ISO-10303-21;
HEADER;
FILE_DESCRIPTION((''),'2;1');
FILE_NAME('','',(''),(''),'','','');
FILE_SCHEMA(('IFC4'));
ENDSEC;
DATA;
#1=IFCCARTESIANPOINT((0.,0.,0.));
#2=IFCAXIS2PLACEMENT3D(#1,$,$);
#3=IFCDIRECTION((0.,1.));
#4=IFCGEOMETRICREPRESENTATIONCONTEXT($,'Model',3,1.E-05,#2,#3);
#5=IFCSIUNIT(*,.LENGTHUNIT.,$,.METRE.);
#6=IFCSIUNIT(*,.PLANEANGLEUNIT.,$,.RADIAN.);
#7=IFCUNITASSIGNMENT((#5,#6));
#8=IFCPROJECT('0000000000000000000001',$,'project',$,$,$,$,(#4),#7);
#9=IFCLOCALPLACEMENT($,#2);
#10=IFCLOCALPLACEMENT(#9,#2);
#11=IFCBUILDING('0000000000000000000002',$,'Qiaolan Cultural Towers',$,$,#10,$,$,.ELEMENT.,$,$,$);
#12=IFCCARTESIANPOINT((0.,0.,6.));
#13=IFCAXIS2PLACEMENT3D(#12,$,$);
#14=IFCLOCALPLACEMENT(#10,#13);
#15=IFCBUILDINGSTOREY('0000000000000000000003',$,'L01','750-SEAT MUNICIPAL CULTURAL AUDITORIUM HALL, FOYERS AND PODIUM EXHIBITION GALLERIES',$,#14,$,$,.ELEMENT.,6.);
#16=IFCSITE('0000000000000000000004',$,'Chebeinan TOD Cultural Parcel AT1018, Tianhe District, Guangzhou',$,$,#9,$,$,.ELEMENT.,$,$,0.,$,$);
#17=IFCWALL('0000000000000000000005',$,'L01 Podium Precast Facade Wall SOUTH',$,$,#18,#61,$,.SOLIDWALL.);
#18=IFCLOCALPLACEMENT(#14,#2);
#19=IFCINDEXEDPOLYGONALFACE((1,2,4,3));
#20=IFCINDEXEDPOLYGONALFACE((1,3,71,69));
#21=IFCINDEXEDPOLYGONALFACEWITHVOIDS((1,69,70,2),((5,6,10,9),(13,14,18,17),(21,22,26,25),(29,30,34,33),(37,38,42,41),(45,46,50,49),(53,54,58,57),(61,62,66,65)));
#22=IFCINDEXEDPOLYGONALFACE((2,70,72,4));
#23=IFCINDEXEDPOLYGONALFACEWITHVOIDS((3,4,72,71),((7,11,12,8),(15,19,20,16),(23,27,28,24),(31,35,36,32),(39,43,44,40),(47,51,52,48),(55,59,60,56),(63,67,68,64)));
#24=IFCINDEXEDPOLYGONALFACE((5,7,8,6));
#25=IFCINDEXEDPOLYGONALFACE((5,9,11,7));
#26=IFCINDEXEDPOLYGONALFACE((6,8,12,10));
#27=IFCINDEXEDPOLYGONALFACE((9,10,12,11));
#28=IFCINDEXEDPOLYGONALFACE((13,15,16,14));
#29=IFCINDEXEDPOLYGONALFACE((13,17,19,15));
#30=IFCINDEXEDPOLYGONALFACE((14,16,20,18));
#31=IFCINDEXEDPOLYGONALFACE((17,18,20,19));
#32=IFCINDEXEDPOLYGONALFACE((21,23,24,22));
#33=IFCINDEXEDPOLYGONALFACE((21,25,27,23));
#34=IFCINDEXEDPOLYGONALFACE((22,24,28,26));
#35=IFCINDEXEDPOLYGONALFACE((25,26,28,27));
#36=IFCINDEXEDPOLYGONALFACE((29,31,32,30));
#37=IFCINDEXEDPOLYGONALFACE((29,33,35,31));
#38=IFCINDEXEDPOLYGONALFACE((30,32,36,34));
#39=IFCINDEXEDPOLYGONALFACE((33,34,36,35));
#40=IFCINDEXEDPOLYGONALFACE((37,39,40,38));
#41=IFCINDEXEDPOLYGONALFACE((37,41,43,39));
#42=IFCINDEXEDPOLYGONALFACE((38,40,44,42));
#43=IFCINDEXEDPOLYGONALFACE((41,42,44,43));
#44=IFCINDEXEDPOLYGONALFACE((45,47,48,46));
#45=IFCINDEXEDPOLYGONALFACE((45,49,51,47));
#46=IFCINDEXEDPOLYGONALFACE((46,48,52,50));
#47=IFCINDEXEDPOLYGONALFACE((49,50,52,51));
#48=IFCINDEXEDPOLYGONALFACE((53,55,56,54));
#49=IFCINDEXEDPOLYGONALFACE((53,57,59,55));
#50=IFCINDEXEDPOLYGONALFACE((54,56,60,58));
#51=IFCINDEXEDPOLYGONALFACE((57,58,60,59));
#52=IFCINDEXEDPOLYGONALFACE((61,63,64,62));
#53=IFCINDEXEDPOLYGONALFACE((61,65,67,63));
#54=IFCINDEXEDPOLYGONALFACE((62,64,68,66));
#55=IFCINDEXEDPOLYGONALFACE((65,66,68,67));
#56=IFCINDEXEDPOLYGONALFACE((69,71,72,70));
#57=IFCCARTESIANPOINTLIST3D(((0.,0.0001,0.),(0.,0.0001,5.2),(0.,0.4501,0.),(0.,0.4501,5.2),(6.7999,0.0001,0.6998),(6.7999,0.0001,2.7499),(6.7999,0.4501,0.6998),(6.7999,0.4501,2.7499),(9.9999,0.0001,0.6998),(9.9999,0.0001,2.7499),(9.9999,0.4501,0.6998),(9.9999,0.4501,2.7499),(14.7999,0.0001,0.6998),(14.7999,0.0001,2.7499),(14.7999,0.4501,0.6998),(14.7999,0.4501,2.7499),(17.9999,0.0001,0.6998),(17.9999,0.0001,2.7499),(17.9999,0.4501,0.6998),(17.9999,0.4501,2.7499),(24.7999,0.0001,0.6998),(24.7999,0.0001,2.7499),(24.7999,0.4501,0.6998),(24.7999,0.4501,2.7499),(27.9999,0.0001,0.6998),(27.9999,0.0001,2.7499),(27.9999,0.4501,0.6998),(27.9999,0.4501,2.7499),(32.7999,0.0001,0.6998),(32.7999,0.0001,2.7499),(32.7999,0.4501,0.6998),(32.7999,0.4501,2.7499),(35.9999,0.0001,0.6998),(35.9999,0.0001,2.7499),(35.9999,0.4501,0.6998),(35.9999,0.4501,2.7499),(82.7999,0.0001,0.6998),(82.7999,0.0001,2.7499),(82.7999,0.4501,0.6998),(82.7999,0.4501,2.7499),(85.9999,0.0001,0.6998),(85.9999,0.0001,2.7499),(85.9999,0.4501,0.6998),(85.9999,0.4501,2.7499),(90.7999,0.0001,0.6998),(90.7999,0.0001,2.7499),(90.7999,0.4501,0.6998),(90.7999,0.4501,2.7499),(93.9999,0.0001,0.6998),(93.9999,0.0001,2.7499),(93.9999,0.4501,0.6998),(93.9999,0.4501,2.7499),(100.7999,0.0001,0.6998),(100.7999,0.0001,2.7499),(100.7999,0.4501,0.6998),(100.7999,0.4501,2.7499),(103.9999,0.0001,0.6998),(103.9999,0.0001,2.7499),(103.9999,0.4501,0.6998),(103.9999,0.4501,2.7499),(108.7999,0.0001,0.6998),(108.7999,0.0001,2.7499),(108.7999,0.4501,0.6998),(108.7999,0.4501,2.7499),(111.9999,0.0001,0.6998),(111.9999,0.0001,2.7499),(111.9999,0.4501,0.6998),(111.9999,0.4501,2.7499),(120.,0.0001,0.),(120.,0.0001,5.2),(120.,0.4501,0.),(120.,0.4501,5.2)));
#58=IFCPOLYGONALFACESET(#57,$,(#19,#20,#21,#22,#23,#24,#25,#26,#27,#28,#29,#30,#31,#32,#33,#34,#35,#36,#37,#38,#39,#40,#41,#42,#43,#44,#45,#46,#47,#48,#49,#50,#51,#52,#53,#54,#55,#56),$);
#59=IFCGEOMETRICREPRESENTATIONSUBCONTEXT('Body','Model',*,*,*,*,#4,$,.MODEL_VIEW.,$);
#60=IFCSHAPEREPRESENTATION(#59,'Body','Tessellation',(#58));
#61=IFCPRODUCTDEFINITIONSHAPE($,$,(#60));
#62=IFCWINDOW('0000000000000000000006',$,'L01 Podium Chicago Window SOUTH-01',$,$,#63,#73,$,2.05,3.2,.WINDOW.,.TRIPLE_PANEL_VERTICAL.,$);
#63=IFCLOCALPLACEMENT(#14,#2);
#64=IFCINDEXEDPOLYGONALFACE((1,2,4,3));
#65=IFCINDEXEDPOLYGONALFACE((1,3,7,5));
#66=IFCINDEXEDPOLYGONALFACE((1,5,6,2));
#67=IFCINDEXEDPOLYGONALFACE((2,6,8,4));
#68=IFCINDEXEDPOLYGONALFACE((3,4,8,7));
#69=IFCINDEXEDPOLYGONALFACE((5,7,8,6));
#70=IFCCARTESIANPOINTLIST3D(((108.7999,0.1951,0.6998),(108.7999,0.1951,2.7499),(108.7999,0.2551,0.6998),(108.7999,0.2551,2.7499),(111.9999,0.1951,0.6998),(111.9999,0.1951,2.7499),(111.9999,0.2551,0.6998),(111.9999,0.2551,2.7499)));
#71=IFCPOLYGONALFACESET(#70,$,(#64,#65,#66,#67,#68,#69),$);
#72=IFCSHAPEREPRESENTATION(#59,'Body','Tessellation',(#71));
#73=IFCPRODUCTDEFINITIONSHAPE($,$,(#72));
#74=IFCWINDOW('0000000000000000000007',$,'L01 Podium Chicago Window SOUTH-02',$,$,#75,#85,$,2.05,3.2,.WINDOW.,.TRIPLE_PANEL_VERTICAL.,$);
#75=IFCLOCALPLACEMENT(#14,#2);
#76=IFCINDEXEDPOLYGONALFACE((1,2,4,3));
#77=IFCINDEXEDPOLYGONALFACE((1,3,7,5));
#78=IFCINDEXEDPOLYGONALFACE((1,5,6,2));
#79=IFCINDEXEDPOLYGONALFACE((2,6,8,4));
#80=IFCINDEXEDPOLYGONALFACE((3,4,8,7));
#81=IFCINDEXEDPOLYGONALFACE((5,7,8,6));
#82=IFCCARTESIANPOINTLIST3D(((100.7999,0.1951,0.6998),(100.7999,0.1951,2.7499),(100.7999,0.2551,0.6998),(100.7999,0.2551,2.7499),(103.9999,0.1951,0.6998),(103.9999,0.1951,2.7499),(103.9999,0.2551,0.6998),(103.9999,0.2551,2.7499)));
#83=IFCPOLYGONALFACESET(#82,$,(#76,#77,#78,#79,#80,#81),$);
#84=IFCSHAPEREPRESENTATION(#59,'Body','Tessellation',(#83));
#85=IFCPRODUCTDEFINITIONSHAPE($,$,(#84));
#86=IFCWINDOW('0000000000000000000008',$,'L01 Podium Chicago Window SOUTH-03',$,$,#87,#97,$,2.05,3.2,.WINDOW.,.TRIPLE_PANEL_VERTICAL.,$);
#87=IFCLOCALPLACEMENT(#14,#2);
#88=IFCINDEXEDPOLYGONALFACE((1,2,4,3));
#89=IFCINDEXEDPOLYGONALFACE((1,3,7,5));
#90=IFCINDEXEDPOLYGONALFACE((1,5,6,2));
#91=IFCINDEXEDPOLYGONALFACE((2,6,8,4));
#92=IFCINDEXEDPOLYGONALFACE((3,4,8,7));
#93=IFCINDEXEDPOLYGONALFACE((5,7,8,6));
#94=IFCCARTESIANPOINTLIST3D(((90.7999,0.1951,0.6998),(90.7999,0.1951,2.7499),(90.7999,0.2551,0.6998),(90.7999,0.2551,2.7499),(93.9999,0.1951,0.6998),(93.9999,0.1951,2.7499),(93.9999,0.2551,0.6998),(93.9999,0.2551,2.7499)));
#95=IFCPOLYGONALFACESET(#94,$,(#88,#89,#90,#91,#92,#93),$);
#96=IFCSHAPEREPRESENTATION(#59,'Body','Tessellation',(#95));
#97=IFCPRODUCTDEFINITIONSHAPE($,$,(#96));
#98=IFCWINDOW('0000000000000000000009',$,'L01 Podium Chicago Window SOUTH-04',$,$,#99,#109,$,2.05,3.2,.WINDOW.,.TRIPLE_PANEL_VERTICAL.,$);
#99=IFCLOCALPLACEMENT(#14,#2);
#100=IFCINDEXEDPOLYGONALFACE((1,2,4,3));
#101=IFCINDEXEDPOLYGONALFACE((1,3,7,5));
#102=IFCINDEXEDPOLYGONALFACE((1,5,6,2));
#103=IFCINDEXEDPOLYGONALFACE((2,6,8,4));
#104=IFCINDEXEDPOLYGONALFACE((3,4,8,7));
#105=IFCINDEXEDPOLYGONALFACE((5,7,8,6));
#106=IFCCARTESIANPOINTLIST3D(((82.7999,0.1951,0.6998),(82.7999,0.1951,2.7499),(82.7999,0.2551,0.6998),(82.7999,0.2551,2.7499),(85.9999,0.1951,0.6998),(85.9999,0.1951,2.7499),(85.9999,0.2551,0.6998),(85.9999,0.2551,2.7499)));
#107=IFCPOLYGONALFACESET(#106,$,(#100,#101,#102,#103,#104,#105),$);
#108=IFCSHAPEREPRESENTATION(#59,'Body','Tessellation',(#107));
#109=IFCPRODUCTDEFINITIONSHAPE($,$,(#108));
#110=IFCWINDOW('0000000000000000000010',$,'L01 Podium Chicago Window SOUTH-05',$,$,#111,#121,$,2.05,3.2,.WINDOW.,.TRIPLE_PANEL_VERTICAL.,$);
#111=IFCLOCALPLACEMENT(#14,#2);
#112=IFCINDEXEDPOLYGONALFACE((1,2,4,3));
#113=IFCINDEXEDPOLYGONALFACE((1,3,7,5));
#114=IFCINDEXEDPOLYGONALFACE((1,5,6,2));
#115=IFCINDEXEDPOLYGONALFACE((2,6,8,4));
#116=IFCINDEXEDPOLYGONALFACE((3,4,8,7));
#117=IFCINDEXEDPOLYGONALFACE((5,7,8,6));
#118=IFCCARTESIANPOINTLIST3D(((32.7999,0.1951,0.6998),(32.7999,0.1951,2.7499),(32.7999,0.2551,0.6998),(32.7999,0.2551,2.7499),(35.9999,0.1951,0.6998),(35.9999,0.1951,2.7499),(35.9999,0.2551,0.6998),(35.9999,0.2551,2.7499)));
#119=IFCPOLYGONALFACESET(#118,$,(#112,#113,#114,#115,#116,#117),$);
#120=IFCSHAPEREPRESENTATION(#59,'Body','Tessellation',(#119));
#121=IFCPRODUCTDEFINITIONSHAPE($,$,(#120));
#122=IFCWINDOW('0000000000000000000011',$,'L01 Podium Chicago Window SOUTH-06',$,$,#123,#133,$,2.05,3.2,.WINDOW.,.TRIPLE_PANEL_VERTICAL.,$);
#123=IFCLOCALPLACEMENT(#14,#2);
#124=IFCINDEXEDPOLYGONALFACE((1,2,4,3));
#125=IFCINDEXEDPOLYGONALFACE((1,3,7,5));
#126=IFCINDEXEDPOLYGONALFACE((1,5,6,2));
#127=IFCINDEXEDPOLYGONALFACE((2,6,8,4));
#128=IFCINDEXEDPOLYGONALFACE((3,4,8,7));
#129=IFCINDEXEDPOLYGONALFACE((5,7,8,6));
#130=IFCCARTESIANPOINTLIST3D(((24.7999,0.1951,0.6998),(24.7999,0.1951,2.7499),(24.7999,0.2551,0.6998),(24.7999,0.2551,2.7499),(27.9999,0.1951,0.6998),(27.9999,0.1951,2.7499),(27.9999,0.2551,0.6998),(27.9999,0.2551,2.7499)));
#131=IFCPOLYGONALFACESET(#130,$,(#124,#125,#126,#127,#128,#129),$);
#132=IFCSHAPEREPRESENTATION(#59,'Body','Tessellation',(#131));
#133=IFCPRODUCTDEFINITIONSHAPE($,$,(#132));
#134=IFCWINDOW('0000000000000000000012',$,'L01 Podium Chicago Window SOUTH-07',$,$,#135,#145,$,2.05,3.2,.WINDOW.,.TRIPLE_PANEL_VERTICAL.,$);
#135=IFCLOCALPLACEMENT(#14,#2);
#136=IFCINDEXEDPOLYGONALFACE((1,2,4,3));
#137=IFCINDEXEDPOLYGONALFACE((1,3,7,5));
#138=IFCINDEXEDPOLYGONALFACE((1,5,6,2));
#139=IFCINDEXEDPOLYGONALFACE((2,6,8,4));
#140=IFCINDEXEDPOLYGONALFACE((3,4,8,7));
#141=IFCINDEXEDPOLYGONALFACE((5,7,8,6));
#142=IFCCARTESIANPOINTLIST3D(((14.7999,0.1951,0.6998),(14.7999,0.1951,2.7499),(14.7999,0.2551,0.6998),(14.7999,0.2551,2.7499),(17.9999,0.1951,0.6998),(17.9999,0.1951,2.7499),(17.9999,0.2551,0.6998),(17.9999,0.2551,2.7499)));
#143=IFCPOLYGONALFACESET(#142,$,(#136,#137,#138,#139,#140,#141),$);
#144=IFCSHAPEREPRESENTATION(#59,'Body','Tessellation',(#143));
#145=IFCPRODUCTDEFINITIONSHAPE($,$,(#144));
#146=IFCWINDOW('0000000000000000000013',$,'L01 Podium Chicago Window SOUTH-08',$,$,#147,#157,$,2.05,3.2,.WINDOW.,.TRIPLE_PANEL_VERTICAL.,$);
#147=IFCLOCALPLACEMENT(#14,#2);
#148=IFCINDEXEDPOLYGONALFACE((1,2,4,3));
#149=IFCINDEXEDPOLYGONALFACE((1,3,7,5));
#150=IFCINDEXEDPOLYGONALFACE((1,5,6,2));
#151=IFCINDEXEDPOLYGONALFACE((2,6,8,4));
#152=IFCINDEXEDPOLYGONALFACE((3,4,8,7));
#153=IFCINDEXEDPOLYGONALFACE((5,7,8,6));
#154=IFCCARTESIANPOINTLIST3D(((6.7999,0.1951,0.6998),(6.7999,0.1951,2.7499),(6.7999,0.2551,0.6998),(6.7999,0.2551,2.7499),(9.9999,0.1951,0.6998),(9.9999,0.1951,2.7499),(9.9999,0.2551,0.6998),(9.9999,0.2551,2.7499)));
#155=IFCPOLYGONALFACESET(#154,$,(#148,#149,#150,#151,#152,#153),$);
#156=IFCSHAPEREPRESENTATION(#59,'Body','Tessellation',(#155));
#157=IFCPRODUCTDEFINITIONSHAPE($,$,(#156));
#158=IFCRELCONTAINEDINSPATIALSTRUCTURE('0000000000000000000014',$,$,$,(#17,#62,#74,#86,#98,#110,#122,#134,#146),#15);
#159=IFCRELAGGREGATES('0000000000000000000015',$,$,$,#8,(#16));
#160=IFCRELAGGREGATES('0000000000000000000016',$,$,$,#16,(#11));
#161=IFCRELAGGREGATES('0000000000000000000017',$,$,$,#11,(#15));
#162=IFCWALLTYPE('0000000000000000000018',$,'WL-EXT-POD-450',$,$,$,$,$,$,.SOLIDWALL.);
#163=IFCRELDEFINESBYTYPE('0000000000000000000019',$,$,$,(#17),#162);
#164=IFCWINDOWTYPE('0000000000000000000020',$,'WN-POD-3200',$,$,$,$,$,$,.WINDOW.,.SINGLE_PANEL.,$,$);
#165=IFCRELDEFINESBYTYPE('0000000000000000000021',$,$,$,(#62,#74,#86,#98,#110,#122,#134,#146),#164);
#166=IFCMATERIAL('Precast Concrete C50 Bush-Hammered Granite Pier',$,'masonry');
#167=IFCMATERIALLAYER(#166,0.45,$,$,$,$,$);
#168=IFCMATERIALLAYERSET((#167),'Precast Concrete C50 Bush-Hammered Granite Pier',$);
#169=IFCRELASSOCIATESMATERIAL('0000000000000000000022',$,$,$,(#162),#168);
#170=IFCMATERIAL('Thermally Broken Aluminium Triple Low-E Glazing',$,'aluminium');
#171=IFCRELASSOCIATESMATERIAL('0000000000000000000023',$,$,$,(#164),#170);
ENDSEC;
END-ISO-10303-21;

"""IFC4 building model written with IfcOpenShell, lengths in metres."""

from ifc_helpers import new_model, si_unit, direction, frame, frame_2d, origin, place, context, subcontext, project, spatial, rectangle, extrude, material, layer, layer_set, type_object, element, fill, save


model = new_model("IFC4")

# Units and contexts
model_context = context("Model", 3, precision=1e-05, world=origin(), true_north=direction((0.0, 1.0)))
body_context = subcontext(model_context, "Body", "Model", "MODEL_VIEW")
ifc_project = project(units=[si_unit("LENGTHUNIT", "METRE"), si_unit("PLANEANGLEUNIT", "RADIAN")], contexts=[model_context])

# Site, building, storey
site_placement = place(None, origin())
site = spatial("IfcSite", under=ifc_project, at=site_placement, Name="Chebeinan TOD Cultural Parcel AT1018, Tianhe District, Guangzhou", CompositionType="ELEMENT", RefElevation=0.0)
building_placement = place(site_placement, origin())
building = spatial("IfcBuilding", under=site, at=building_placement, Name="Qiaolan Cultural Towers", CompositionType="ELEMENT")
storey_placement = place(building_placement, frame((0.0, 0.0, 6.0)))
storey = spatial("IfcBuildingStorey", under=building, at=storey_placement, Name="L01", Description="750-SEAT MUNICIPAL CULTURAL AUDITORIUM HALL, FOYERS AND PODIUM EXHIBITION GALLERIES", CompositionType="ELEMENT", Elevation=6.0)

# Wall, openings, windows
ifc_material_1 = material(Name="Precast Concrete C50 Bush-Hammered Granite Pier", Category="masonry")
ifc_layer_1 = layer(ifc_material_1, 0.45)
ifc_layer_set_1 = layer_set([ifc_layer_1], Name="Precast Concrete C50 Bush-Hammered Granite Pier")
wall_type_1 = type_object("IfcWallType", Name="WL-EXT-POD-450", PredefinedType="SOLIDWALL", material=ifc_layer_set_1)
wall_1_placement = place(storey_placement, frame((120.0, 0.2251, 0.0), z_axis=(0.0, 0.0, 1.0), x_axis=(-1.0, 0.0, 0.0)))
wall_1 = element("IfcWall", 1, at=wall_1_placement, inside=storey, type_object=wall_type_1, Name="L01 Podium Precast Facade Wall SOUTH", PredefinedType="SOLIDWALL", context=body_context, shape_type="SweptSolid", body=[
    extrude(rectangle(XDim=120.0, YDim=0.45, at=frame_2d((60.0, 0.0))), origin(), (0.0, 0.0, 1.0), 5.2),
])
opening_1_placement = place(wall_1_placement, frame((8.0, 0.0, 0.7)))
opening_1 = element("IfcOpeningElement", 2, at=opening_1_placement, cuts=wall_1, PredefinedType="OPENING", context=body_context, shape_type="SweptSolid", body=[
    extrude(rectangle(XDim=3.2, YDim=2.05, at=frame_2d((1.6001, 1.0249))), frame((0.0, 0.2349, 0.0), z_axis=(0.0, -1.0, 0.0), x_axis=(1.0, 0.0, 0.0)), (0.0, 0.0, 1.0), 0.47),
])
opening_2_placement = place(wall_1_placement, frame((16.0, 0.0, 0.7)))
opening_2 = element("IfcOpeningElement", 3, at=opening_2_placement, cuts=wall_1, PredefinedType="OPENING", context=body_context, shape_type="SweptSolid", body=[
    extrude(rectangle(XDim=3.2, YDim=2.05, at=frame_2d((1.6001, 1.0249))), frame((0.0, 0.2349, 0.0), z_axis=(0.0, -1.0, 0.0), x_axis=(1.0, 0.0, 0.0)), (0.0, 0.0, 1.0), 0.47),
])
opening_3_placement = place(wall_1_placement, frame((26.0, 0.0, 0.7)))
opening_3 = element("IfcOpeningElement", 4, at=opening_3_placement, cuts=wall_1, PredefinedType="OPENING", context=body_context, shape_type="SweptSolid", body=[
    extrude(rectangle(XDim=3.2, YDim=2.05, at=frame_2d((1.6001, 1.0249))), frame((0.0, 0.2349, 0.0), z_axis=(0.0, -1.0, 0.0), x_axis=(1.0, 0.0, 0.0)), (0.0, 0.0, 1.0), 0.47),
])
opening_4_placement = place(wall_1_placement, frame((34.0, 0.0, 0.7)))
opening_4 = element("IfcOpeningElement", 5, at=opening_4_placement, cuts=wall_1, PredefinedType="OPENING", context=body_context, shape_type="SweptSolid", body=[
    extrude(rectangle(XDim=3.2, YDim=2.05, at=frame_2d((1.6001, 1.0249))), frame((0.0, 0.2349, 0.0), z_axis=(0.0, -1.0, 0.0), x_axis=(1.0, 0.0, 0.0)), (0.0, 0.0, 1.0), 0.47),
])
opening_5_placement = place(wall_1_placement, frame((84.0, 0.0, 0.7)))
opening_5 = element("IfcOpeningElement", 6, at=opening_5_placement, cuts=wall_1, PredefinedType="OPENING", context=body_context, shape_type="SweptSolid", body=[
    extrude(rectangle(XDim=3.2, YDim=2.05, at=frame_2d((1.6001, 1.0249))), frame((0.0, 0.2349, 0.0), z_axis=(0.0, -1.0, 0.0), x_axis=(1.0, 0.0, 0.0)), (0.0, 0.0, 1.0), 0.47),
])
opening_6_placement = place(wall_1_placement, frame((92.0, 0.0, 0.7)))
opening_6 = element("IfcOpeningElement", 7, at=opening_6_placement, cuts=wall_1, PredefinedType="OPENING", context=body_context, shape_type="SweptSolid", body=[
    extrude(rectangle(XDim=3.2, YDim=2.05, at=frame_2d((1.6001, 1.0249))), frame((0.0, 0.2349, 0.0), z_axis=(0.0, -1.0, 0.0), x_axis=(1.0, 0.0, 0.0)), (0.0, 0.0, 1.0), 0.47),
])
opening_7_placement = place(wall_1_placement, frame((102.0, 0.0, 0.7)))
opening_7 = element("IfcOpeningElement", 8, at=opening_7_placement, cuts=wall_1, PredefinedType="OPENING", context=body_context, shape_type="SweptSolid", body=[
    extrude(rectangle(XDim=3.2, YDim=2.05, at=frame_2d((1.6001, 1.0249))), frame((0.0, 0.2349, 0.0), z_axis=(0.0, -1.0, 0.0), x_axis=(1.0, 0.0, 0.0)), (0.0, 0.0, 1.0), 0.47),
])
opening_8_placement = place(wall_1_placement, frame((110.0, 0.0, 0.7)))
opening_8 = element("IfcOpeningElement", 9, at=opening_8_placement, cuts=wall_1, PredefinedType="OPENING", context=body_context, shape_type="SweptSolid", body=[
    extrude(rectangle(XDim=3.2, YDim=2.05, at=frame_2d((1.6001, 1.0249))), frame((0.0, 0.2349, 0.0), z_axis=(0.0, -1.0, 0.0), x_axis=(1.0, 0.0, 0.0)), (0.0, 0.0, 1.0), 0.47),
])
ifc_material_2 = material(Name="Thermally Broken Aluminium Triple Low-E Glazing", Category="aluminium")
window_type = type_object("IfcWindowType", Name="WN-POD-3200", PartitioningType="SINGLE_PANEL", PredefinedType="WINDOW", material=ifc_material_2)
window_1_placement = place(opening_1_placement, origin())
window_1 = element("IfcWindow", 10, at=window_1_placement, inside=storey, type_object=window_type, Name="L01 Podium Chicago Window SOUTH-01", OverallHeight=2.05, OverallWidth=3.2, PartitioningType="TRIPLE_PANEL_VERTICAL", PredefinedType="WINDOW", context=body_context, shape_type="SweptSolid", body=[
    extrude(rectangle(XDim=3.2, YDim=2.05, at=frame_2d((1.6001, 1.0249))), frame((0.0, 0.03, 0.0), z_axis=(0.0, -1.0, 0.0), x_axis=(1.0, 0.0, 0.0)), (0.0, 0.0, 1.0), 0.0601),
])
fill(opening_1, window_1)
window_2_placement = place(opening_2_placement, origin())
window_2 = element("IfcWindow", 11, at=window_2_placement, inside=storey, type_object=window_type, Name="L01 Podium Chicago Window SOUTH-02", OverallHeight=2.05, OverallWidth=3.2, PartitioningType="TRIPLE_PANEL_VERTICAL", PredefinedType="WINDOW", context=body_context, shape_type="SweptSolid", body=[
    extrude(rectangle(XDim=3.2, YDim=2.05, at=frame_2d((1.6001, 1.0249))), frame((0.0, 0.03, 0.0), z_axis=(0.0, -1.0, 0.0), x_axis=(1.0, 0.0, 0.0)), (0.0, 0.0, 1.0), 0.0601),
])
fill(opening_2, window_2)
window_3_placement = place(opening_3_placement, origin())
window_3 = element("IfcWindow", 12, at=window_3_placement, inside=storey, type_object=window_type, Name="L01 Podium Chicago Window SOUTH-03", OverallHeight=2.05, OverallWidth=3.2, PartitioningType="TRIPLE_PANEL_VERTICAL", PredefinedType="WINDOW", context=body_context, shape_type="SweptSolid", body=[
    extrude(rectangle(XDim=3.2, YDim=2.05, at=frame_2d((1.6001, 1.0249))), frame((0.0, 0.03, 0.0), z_axis=(0.0, -1.0, 0.0), x_axis=(1.0, 0.0, 0.0)), (0.0, 0.0, 1.0), 0.0601),
])
fill(opening_3, window_3)
window_4_placement = place(opening_4_placement, origin())
window_4 = element("IfcWindow", 13, at=window_4_placement, inside=storey, type_object=window_type, Name="L01 Podium Chicago Window SOUTH-04", OverallHeight=2.05, OverallWidth=3.2, PartitioningType="TRIPLE_PANEL_VERTICAL", PredefinedType="WINDOW", context=body_context, shape_type="SweptSolid", body=[
    extrude(rectangle(XDim=3.2, YDim=2.05, at=frame_2d((1.6001, 1.0249))), frame((0.0, 0.03, 0.0), z_axis=(0.0, -1.0, 0.0), x_axis=(1.0, 0.0, 0.0)), (0.0, 0.0, 1.0), 0.0601),
])
fill(opening_4, window_4)
window_5_placement = place(opening_5_placement, origin())
window_5 = element("IfcWindow", 14, at=window_5_placement, inside=storey, type_object=window_type, Name="L01 Podium Chicago Window SOUTH-05", OverallHeight=2.05, OverallWidth=3.2, PartitioningType="TRIPLE_PANEL_VERTICAL", PredefinedType="WINDOW", context=body_context, shape_type="SweptSolid", body=[
    extrude(rectangle(XDim=3.2, YDim=2.05, at=frame_2d((1.6001, 1.0249))), frame((0.0, 0.03, 0.0), z_axis=(0.0, -1.0, 0.0), x_axis=(1.0, 0.0, 0.0)), (0.0, 0.0, 1.0), 0.0601),
])
fill(opening_5, window_5)
window_6_placement = place(opening_6_placement, origin())
window_6 = element("IfcWindow", 15, at=window_6_placement, inside=storey, type_object=window_type, Name="L01 Podium Chicago Window SOUTH-06", OverallHeight=2.05, OverallWidth=3.2, PartitioningType="TRIPLE_PANEL_VERTICAL", PredefinedType="WINDOW", context=body_context, shape_type="SweptSolid", body=[
    extrude(rectangle(XDim=3.2, YDim=2.05, at=frame_2d((1.6001, 1.0249))), frame((0.0, 0.03, 0.0), z_axis=(0.0, -1.0, 0.0), x_axis=(1.0, 0.0, 0.0)), (0.0, 0.0, 1.0), 0.0601),
])
fill(opening_6, window_6)
window_7_placement = place(opening_7_placement, origin())
window_7 = element("IfcWindow", 16, at=window_7_placement, inside=storey, type_object=window_type, Name="L01 Podium Chicago Window SOUTH-07", OverallHeight=2.05, OverallWidth=3.2, PartitioningType="TRIPLE_PANEL_VERTICAL", PredefinedType="WINDOW", context=body_context, shape_type="SweptSolid", body=[
    extrude(rectangle(XDim=3.2, YDim=2.05, at=frame_2d((1.6001, 1.0249))), frame((0.0, 0.03, 0.0), z_axis=(0.0, -1.0, 0.0), x_axis=(1.0, 0.0, 0.0)), (0.0, 0.0, 1.0), 0.0601),
])
fill(opening_7, window_7)
window_8_placement = place(opening_8_placement, origin())
window_8 = element("IfcWindow", 17, at=window_8_placement, inside=storey, type_object=window_type, Name="L01 Podium Chicago Window SOUTH-08", OverallHeight=2.05, OverallWidth=3.2, PartitioningType="TRIPLE_PANEL_VERTICAL", PredefinedType="WINDOW", context=body_context, shape_type="SweptSolid", body=[
    extrude(rectangle(XDim=3.2, YDim=2.05, at=frame_2d((1.6001, 1.0249))), frame((0.0, 0.03, 0.0), z_axis=(0.0, -1.0, 0.0), x_axis=(1.0, 0.0, 0.0)), (0.0, 0.0, 1.0), 0.0601),
])
fill(opening_8, window_8)

save(model, "model.ifc")
